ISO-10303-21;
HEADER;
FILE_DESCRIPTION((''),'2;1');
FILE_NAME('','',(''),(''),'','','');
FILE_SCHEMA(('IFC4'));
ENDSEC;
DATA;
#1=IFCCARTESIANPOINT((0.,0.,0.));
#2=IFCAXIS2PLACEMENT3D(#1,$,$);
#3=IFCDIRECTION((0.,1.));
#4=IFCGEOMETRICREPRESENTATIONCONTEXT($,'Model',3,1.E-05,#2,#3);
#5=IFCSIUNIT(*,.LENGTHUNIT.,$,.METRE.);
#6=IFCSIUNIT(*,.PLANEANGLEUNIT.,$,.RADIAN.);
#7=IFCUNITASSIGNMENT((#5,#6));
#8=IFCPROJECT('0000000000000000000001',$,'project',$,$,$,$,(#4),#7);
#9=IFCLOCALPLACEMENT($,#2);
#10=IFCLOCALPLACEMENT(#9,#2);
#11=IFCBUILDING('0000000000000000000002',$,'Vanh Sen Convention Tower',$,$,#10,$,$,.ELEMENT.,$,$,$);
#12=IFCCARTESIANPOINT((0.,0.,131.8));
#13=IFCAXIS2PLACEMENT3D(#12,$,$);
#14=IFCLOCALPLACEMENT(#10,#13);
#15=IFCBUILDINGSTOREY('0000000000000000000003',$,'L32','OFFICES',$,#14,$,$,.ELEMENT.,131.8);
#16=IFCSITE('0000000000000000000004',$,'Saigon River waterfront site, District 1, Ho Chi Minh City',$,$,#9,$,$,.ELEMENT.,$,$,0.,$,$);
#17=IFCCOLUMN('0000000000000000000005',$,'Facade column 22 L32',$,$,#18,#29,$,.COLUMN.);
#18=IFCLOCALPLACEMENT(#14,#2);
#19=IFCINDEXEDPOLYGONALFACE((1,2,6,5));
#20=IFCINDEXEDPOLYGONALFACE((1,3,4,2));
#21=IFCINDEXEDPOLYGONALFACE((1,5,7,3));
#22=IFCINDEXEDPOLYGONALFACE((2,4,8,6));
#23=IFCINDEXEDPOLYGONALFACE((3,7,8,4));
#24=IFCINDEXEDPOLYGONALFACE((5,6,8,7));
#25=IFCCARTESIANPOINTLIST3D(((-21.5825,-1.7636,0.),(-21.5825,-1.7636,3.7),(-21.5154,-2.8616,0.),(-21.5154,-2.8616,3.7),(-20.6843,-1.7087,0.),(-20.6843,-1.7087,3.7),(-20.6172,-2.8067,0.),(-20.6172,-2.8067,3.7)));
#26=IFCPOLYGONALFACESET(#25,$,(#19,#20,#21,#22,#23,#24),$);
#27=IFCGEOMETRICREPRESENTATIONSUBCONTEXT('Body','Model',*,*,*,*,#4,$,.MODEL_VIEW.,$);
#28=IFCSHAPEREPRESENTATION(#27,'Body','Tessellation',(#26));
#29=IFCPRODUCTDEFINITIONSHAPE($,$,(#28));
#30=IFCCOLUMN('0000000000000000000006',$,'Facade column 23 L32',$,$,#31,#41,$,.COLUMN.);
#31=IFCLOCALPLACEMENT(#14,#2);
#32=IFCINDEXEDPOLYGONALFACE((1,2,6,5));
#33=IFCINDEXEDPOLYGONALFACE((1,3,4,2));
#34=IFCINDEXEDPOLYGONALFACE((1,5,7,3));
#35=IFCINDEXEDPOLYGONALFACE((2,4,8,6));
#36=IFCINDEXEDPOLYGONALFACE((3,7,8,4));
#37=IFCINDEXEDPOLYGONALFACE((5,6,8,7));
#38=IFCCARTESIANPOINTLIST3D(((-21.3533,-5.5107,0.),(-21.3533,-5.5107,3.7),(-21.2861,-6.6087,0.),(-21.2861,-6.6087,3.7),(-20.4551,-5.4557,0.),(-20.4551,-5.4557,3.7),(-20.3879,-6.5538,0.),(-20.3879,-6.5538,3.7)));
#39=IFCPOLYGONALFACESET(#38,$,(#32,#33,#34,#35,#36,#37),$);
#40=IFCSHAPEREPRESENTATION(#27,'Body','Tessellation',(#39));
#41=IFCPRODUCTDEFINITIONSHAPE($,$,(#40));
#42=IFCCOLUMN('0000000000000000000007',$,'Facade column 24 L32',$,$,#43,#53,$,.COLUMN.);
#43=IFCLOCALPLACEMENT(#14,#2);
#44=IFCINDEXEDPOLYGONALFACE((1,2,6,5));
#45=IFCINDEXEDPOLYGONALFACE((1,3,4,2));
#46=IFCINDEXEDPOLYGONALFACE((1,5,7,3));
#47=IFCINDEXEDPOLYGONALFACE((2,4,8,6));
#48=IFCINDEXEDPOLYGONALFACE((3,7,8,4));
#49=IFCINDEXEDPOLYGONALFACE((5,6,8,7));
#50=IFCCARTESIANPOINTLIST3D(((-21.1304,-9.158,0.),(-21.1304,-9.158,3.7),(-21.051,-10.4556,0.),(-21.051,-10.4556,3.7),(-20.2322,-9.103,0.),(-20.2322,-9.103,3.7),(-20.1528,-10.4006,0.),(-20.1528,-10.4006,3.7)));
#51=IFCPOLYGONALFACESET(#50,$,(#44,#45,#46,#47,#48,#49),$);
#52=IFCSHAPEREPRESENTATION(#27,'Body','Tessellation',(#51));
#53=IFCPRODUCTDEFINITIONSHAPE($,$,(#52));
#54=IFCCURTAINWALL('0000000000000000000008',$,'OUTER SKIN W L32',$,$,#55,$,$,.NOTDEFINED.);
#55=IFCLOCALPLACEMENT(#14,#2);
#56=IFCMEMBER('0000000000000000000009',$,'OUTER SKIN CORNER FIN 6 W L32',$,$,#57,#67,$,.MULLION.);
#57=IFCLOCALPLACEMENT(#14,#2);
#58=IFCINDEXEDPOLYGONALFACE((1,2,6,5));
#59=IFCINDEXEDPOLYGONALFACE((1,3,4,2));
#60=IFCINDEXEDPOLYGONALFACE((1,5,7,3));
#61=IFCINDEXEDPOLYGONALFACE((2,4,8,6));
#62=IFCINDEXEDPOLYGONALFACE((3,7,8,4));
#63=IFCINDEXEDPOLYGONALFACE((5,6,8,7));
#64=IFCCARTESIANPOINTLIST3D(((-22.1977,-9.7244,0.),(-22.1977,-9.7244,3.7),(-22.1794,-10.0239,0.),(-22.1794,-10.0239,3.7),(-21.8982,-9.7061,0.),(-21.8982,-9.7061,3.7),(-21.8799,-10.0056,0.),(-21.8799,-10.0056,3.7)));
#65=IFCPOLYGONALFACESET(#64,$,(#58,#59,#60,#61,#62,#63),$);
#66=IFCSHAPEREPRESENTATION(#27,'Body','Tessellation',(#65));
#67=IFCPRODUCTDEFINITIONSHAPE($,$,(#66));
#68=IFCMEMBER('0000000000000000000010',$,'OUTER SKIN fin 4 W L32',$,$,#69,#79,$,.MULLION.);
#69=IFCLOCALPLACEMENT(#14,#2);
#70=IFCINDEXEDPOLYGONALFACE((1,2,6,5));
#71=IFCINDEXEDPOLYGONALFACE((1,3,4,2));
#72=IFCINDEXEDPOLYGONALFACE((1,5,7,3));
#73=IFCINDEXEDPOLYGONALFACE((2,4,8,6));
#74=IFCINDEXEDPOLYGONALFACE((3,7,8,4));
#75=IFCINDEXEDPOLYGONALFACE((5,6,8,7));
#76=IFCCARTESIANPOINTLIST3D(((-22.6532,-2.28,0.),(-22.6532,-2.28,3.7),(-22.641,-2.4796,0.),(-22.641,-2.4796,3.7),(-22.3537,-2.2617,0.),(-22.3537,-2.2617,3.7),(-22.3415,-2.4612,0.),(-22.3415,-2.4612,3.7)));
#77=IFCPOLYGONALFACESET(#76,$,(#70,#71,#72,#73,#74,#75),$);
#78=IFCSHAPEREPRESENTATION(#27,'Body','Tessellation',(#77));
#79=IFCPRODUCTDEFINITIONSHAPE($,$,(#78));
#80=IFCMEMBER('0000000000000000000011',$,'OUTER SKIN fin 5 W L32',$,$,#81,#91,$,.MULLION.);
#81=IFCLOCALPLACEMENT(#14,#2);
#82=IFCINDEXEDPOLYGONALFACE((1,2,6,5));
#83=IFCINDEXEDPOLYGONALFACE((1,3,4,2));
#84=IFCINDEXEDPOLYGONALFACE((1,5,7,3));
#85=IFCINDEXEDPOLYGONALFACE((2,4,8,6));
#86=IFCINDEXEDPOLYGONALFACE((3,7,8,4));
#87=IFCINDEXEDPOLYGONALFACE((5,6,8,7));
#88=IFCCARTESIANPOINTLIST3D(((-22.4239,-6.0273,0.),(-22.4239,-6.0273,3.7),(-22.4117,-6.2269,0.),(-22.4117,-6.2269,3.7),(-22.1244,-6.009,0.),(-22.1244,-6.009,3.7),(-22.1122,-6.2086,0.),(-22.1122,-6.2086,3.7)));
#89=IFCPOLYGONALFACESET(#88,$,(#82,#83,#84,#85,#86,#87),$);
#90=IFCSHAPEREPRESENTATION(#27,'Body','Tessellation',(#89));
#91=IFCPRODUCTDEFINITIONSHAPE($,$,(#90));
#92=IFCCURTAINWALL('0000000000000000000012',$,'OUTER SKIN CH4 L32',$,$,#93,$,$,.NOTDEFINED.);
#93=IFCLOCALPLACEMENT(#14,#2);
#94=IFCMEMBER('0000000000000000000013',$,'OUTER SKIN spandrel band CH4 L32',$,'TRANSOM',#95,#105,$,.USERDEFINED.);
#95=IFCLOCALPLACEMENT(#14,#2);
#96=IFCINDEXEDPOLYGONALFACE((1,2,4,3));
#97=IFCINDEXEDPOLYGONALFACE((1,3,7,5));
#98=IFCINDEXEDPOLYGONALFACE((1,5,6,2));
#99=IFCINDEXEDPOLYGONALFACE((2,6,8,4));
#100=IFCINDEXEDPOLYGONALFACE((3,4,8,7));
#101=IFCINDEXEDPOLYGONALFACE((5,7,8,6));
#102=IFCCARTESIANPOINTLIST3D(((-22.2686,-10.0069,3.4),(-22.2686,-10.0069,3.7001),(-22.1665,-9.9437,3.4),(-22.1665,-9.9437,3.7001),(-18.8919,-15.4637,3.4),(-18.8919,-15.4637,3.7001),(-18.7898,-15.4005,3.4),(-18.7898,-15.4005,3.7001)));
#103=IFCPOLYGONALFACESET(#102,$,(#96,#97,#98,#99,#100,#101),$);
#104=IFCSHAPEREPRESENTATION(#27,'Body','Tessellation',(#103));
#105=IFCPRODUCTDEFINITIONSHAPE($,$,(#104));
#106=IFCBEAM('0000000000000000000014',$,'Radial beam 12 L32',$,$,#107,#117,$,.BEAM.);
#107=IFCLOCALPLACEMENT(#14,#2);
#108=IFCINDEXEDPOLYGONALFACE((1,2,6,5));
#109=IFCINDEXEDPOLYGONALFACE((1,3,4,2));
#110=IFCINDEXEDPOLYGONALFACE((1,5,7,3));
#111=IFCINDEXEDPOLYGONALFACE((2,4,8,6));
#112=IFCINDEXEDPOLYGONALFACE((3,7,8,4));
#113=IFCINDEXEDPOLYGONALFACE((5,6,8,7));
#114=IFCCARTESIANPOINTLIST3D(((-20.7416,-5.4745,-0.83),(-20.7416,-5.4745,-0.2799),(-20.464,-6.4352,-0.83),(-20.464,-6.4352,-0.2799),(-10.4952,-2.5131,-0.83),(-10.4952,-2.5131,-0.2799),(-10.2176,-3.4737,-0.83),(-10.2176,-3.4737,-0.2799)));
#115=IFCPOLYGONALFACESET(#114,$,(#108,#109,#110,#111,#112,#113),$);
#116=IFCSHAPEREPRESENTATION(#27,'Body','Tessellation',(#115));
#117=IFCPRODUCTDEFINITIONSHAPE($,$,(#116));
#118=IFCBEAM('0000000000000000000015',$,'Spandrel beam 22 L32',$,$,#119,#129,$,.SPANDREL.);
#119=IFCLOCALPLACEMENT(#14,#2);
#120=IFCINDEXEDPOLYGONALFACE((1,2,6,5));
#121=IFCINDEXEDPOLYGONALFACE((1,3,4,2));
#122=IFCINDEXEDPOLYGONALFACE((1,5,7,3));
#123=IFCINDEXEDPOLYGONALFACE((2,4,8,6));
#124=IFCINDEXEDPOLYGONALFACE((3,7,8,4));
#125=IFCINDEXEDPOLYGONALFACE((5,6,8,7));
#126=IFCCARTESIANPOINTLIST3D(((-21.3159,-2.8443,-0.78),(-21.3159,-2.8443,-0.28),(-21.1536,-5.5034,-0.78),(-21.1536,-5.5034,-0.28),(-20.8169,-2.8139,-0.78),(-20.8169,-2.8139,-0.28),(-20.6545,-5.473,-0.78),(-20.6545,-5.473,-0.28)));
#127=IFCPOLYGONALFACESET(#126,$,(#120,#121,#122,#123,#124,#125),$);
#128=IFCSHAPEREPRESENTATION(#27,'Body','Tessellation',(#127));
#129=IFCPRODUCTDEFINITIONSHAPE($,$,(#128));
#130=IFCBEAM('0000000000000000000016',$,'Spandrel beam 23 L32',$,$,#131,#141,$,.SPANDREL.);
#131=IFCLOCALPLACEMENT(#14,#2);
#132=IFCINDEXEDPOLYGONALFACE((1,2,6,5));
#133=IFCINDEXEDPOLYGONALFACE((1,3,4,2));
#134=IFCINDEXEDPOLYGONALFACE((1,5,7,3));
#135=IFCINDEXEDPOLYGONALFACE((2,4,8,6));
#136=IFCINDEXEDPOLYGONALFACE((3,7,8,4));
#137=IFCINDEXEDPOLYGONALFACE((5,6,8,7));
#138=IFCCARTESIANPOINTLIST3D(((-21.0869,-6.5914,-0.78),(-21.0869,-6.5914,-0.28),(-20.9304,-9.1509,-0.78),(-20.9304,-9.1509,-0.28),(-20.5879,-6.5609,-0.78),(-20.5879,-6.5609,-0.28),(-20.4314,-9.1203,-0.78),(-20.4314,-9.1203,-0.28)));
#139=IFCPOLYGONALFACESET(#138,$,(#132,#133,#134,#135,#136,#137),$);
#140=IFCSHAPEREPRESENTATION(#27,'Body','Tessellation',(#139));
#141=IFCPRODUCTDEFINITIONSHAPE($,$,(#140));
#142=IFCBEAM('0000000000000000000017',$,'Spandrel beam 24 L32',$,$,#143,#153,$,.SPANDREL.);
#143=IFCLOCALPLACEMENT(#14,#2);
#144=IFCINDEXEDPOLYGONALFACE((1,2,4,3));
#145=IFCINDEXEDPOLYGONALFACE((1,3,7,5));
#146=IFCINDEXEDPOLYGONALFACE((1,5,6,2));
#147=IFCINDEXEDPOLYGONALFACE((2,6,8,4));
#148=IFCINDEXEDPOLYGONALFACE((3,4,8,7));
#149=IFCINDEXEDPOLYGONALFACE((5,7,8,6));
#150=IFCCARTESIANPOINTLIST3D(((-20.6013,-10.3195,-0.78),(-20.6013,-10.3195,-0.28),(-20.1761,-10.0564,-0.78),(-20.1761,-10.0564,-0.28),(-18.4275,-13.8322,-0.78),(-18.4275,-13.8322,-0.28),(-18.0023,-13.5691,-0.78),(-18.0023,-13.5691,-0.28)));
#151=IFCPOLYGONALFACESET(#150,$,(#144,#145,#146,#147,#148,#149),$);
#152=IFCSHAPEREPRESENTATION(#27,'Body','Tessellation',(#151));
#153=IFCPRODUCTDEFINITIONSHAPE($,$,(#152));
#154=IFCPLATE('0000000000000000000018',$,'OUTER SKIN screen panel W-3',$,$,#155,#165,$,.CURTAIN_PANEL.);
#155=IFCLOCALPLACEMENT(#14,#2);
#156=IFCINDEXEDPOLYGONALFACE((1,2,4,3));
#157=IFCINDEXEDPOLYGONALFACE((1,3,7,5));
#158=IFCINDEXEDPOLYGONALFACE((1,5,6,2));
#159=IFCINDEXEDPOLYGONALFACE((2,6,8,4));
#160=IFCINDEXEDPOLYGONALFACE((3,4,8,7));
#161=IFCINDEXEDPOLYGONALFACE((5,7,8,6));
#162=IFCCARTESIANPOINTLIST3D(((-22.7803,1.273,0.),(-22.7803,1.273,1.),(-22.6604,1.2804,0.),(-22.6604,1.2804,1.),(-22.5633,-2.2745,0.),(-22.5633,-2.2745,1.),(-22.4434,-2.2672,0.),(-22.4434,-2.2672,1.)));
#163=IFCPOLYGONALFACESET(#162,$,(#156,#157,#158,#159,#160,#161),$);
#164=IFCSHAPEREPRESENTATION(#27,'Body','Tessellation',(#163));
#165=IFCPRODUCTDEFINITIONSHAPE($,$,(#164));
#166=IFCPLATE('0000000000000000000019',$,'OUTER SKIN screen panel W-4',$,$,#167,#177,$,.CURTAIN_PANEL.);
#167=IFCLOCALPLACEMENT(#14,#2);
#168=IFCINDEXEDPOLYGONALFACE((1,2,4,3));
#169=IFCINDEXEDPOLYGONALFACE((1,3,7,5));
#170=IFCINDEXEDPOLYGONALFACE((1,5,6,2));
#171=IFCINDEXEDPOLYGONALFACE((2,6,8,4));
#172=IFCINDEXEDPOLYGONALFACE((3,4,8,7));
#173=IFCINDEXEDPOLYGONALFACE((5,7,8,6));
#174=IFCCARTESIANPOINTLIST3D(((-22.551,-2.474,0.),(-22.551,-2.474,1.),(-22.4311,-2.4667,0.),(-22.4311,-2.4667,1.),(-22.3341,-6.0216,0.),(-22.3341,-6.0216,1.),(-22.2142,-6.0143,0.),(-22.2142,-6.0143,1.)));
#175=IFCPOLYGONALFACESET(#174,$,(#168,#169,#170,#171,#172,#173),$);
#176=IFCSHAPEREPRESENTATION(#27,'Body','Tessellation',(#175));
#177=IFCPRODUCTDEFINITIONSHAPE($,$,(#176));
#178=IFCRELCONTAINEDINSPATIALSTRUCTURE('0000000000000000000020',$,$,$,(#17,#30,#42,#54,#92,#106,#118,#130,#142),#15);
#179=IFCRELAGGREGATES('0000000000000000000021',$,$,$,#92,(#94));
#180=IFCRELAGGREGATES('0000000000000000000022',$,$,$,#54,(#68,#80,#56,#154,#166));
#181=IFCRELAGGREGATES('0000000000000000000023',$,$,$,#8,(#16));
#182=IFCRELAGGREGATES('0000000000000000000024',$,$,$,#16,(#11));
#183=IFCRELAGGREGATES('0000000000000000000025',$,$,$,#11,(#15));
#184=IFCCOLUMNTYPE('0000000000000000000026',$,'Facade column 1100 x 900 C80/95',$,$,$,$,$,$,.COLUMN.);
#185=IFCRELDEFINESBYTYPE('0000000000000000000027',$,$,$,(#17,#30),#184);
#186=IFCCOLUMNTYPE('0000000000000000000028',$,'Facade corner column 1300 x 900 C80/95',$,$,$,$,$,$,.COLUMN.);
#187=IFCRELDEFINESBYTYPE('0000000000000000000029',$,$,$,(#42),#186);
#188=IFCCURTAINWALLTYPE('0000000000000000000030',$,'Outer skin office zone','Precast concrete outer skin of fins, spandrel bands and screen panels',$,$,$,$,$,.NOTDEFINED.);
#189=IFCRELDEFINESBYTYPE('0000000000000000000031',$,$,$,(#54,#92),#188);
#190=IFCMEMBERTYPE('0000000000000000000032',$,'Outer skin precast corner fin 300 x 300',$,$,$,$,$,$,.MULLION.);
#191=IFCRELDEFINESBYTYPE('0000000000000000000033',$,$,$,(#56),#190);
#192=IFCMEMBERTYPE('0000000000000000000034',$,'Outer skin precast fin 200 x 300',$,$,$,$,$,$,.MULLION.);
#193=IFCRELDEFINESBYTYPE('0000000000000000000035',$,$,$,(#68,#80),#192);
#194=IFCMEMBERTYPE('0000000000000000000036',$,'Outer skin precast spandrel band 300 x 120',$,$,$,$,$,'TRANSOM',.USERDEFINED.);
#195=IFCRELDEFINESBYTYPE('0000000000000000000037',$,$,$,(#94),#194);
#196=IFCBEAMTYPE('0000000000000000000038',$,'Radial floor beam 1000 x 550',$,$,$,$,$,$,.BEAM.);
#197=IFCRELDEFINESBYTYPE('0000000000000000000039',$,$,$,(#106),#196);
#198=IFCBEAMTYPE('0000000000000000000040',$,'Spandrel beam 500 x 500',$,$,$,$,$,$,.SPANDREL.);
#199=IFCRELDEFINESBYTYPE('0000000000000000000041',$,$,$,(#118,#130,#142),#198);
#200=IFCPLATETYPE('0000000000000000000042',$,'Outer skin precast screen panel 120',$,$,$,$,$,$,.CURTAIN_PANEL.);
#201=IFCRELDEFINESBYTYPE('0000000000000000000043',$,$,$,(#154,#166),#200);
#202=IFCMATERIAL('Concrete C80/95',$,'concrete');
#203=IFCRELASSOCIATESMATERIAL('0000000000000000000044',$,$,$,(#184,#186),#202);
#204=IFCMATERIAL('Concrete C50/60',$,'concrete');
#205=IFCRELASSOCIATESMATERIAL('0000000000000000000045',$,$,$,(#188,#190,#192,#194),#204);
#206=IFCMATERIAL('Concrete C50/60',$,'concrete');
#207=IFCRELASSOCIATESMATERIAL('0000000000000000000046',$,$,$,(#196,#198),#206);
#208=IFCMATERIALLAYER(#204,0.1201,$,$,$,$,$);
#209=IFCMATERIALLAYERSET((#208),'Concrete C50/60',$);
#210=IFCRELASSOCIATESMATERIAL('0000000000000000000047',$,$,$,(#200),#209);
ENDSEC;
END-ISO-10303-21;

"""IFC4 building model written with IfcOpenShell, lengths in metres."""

from ifc_helpers import new_model, si_unit, direction, frame, origin, origin_2d, place, context, subcontext, project, spatial, rectangle, extrude, material, layer, layer_set, material_profile, profile_set, type_object, element, aggregate, save


model = new_model("IFC4")

# Units and contexts
model_context = context("Model", 3, precision=1e-05, world=origin(), true_north=direction((0.0, 1.0)))
body_context = subcontext(model_context, "Body", "Model", "MODEL_VIEW")
ifc_project = project(units=[si_unit("LENGTHUNIT", "METRE"), si_unit("PLANEANGLEUNIT", "RADIAN")], contexts=[model_context])

# Site, building, storey
site_placement = place(None, origin())
site = spatial("IfcSite", under=ifc_project, at=site_placement, Name="Saigon River waterfront site, District 1, Ho Chi Minh City", CompositionType="ELEMENT", RefElevation=0.0)
building_placement = place(site_placement, origin())
building = spatial("IfcBuilding", under=site, at=building_placement, Name="Vanh Sen Convention Tower", CompositionType="ELEMENT")
storey_placement = place(building_placement, frame((0.0, 0.0, 131.8)))
storey = spatial("IfcBuildingStorey", under=building, at=storey_placement, Name="L32", Description="OFFICES", CompositionType="ELEMENT", Elevation=131.8)

# Columns
ifc_material_1 = material(Name="Concrete C80/95", Category="concrete")
ifc_material_profile_1 = material_profile(ifc_material_1, rectangle(XDim=1.1001, YDim=0.8999, at=origin_2d()), Name="RC 1100X900")
ifc_profile_set_1 = profile_set([ifc_material_profile_1], Name="Concrete C80/95")
column_type_1 = type_object("IfcColumnType", Name="Facade column 1100 x 900 C80/95", PredefinedType="COLUMN", material=ifc_profile_set_1)
for number, where, z_axis, x_axis, name in (
    (1, (-21.0999, -2.2852, 0.0), (0.0, 0.0, 1.0), (0.061049, -0.998135, 0.0), "Facade column 22 L32"),
    (2, (-20.8706, -6.0322, 0.0), (0.0, 0.0, 1.0), (0.061049, -0.998135, 0.0), "Facade column 23 L32"),
):
    element("IfcColumn", number, at=place(storey_placement, frame(where, z_axis=z_axis, x_axis=x_axis)), inside=storey, type_object=column_type_1, Name=name, PredefinedType="COLUMN", context=body_context, shape_type="SweptSolid", body=[
        extrude(rectangle(XDim=1.1001, YDim=0.8999, at=origin_2d()), origin(), (0.0, 0.0, 1.0), 3.7),
    ])
ifc_material_profile_2 = material_profile(ifc_material_1, rectangle(XDim=1.3, YDim=0.8999, at=origin_2d()), Name="RC 1300X900")
ifc_profile_set_2 = profile_set([ifc_material_profile_2], Name="Concrete C80/95")
column_type_2 = type_object("IfcColumnType", Name="Facade corner column 1300 x 900 C80/95", PredefinedType="COLUMN", material=ifc_profile_set_2)
column_placement = place(storey_placement, frame((-20.6416, -9.7793, 0.0), z_axis=(0.0, 0.0, 1.0), x_axis=(0.061049, -0.998135, 0.0)))
element("IfcColumn", 3, at=column_placement, inside=storey, type_object=column_type_2, Name="Facade column 24 L32", PredefinedType="COLUMN", context=body_context, shape_type="SweptSolid", body=[
    extrude(rectangle(XDim=1.3, YDim=0.8999, at=origin_2d()), origin(), (0.0, 0.0, 1.0), 3.7),
])

# Curtain wall, members
ifc_material_2 = material(Name="Concrete C50/60", Category="concrete")
curtain_wall_type = type_object("IfcCurtainWallType", Name="Outer skin office zone", Description="Precast concrete outer skin of fins, spandrel bands and screen panels", PredefinedType="NOTDEFINED", material=ifc_material_2)
curtain_wall_1_placement = place(storey_placement, origin())
curtain_wall_1 = element("IfcCurtainWall", 4, at=curtain_wall_1_placement, inside=storey, type_object=curtain_wall_type, Name="OUTER SKIN W L32", PredefinedType="NOTDEFINED")
ifc_material_profile_3 = material_profile(ifc_material_2, rectangle(XDim=0.3, YDim=0.3, at=origin_2d()), Name="Outer skin precast corner fin 300 x 300")
ifc_profile_set_3 = profile_set([ifc_material_profile_3], Name="Concrete C50/60")
member_type_1 = type_object("IfcMemberType", Name="Outer skin precast corner fin 300 x 300", PredefinedType="MULLION", material=ifc_profile_set_3)
member_1_placement = place(storey_placement, frame((-22.0388, -9.865, 0.0), z_axis=(0.0, 0.0, 1.0), x_axis=(0.061049, -0.998135, 0.0)))
member_1 = element("IfcMember", 5, at=member_1_placement, type_object=member_type_1, Name="OUTER SKIN CORNER FIN 6 W L32", PredefinedType="MULLION", context=body_context, shape_type="SweptSolid", body=[
    extrude(rectangle(XDim=0.3, YDim=0.3, at=origin_2d()), origin(), (0.0, 0.0, 1.0), 3.7),
])
ifc_material_profile_4 = material_profile(ifc_material_2, rectangle(XDim=0.2, YDim=0.3, at=origin_2d()), Name="Outer skin precast fin 200 x 300")
ifc_profile_set_4 = profile_set([ifc_material_profile_4], Name="Concrete C50/60")
member_type_2 = type_object("IfcMemberType", Name="Outer skin precast fin 200 x 300", PredefinedType="MULLION", material=ifc_profile_set_4)
member_2_placement = place(storey_placement, frame((-22.4973, -2.3706, 0.0), z_axis=(0.0, 0.0, 1.0), x_axis=(0.061049, -0.998135, 0.0)))
member_2 = element("IfcMember", 6, at=member_2_placement, type_object=member_type_2, Name="OUTER SKIN fin 4 W L32", PredefinedType="MULLION", context=body_context, shape_type="SweptSolid", body=[
    extrude(rectangle(XDim=0.2, YDim=0.3, at=origin_2d()), origin(), (0.0, 0.0, 1.0), 3.7),
])
member_3_placement = place(storey_placement, frame((-22.2681, -6.1179, 0.0), z_axis=(0.0, 0.0, 1.0), x_axis=(0.061049, -0.998135, 0.0)))
member_3 = element("IfcMember", 7, at=member_3_placement, type_object=member_type_2, Name="OUTER SKIN fin 5 W L32", PredefinedType="MULLION", context=body_context, shape_type="SweptSolid", body=[
    extrude(rectangle(XDim=0.2, YDim=0.3, at=origin_2d()), origin(), (0.0, 0.0, 1.0), 3.7),
])

# Curtain wall, member
curtain_wall_2_placement = place(storey_placement, origin())
curtain_wall_2 = element("IfcCurtainWall", 8, at=curtain_wall_2_placement, inside=storey, type_object=curtain_wall_type, Name="OUTER SKIN CH4 L32", PredefinedType="NOTDEFINED")
ifc_material_profile_5 = material_profile(ifc_material_2, rectangle(XDim=0.1201, YDim=0.3, at=origin_2d()), Name="Outer skin precast spandrel band 300 x 120")
ifc_profile_set_5 = profile_set([ifc_material_profile_5], Name="Concrete C50/60")
member_type_3 = type_object("IfcMemberType", Name="Outer skin precast spandrel band 300 x 120", ElementType="TRANSOM", PredefinedType="USERDEFINED", material=ifc_profile_set_5)
member_4_placement = place(storey_placement, frame((-22.2175, -9.9753, 3.55), z_axis=(0.526208, -0.850356, 0.0), x_axis=(0.850356, 0.526208, 0.0)))
member_4 = element("IfcMember", 9, at=member_4_placement, type_object=member_type_3, Name="OUTER SKIN spandrel band CH4 L32", ObjectType="TRANSOM", PredefinedType="USERDEFINED", context=body_context, shape_type="SweptSolid", body=[
    extrude(rectangle(XDim=0.1201, YDim=0.3, at=origin_2d()), origin(), (0.0, 0.0, 1.0), 6.417),
])
aggregate(curtain_wall_2, [member_4])

# Beams
ifc_material_3 = material(Name="Concrete C50/60", Category="concrete")
ifc_material_profile_6 = material_profile(ifc_material_3, rectangle(XDim=1.0, YDim=0.55, at=origin_2d()), Name="RC 1000X550")
ifc_profile_set_6 = profile_set([ifc_material_profile_6], Name="Concrete C50/60")
beam_type_1 = type_object("IfcBeamType", Name="Radial floor beam 1000 x 550", PredefinedType="BEAM", material=ifc_profile_set_6)
beam_1_placement = place(storey_placement, frame((-20.6028, -5.9548, -0.5549), z_axis=(0.96068, 0.277658, 0.0), x_axis=(-0.277658, 0.96068, 0.0)))
element("IfcBeam", 10, at=beam_1_placement, inside=storey, type_object=beam_type_1, Name="Radial beam 12 L32", PredefinedType="BEAM", context=body_context, shape_type="SweptSolid", body=[
    extrude(rectangle(XDim=1.0, YDim=0.55, at=origin_2d()), origin(), (0.0, 0.0, 1.0), 10.6658),
])
ifc_material_profile_7 = material_profile(ifc_material_3, rectangle(XDim=0.5, YDim=0.5, at=origin_2d()), Name="RC 500X500")
ifc_profile_set_7 = profile_set([ifc_material_profile_7], Name="Concrete C50/60")
beam_type_2 = type_object("IfcBeamType", Name="Spandrel beam 500 x 500", PredefinedType="SPANDREL", material=ifc_profile_set_7)
beam_2_placement = place(storey_placement, frame((-21.0664, -2.8291, -0.53), z_axis=(0.060941, -0.998141, 0.0), x_axis=(0.998141, 0.060941, 0.0)))
element("IfcBeam", 11, at=beam_2_placement, inside=storey, type_object=beam_type_2, Name="Spandrel beam 22 L32", PredefinedType="SPANDREL", context=body_context, shape_type="SweptSolid", body=[
    extrude(rectangle(XDim=0.5, YDim=0.5, at=origin_2d()), origin(), (0.0, 0.0, 1.0), 2.6641),
])
beam_3_placement = place(storey_placement, frame((-20.8374, -6.5762, -0.53), z_axis=(0.061033, -0.998136, 0.0), x_axis=(0.998136, 0.061033, 0.0)))
element("IfcBeam", 12, at=beam_3_placement, inside=storey, type_object=beam_type_2, Name="Spandrel beam 23 L32", PredefinedType="SPANDREL", context=body_context, shape_type="SweptSolid", body=[
    extrude(rectangle(XDim=0.5, YDim=0.5, at=origin_2d()), origin(), (0.0, 0.0, 1.0), 2.5642),
])
beam_4_placement = place(storey_placement, frame((-20.3887, -10.188, -0.53), z_axis=(0.526233, -0.850341, 0.0), x_axis=(0.850341, 0.526233, 0.0)))
element("IfcBeam", 13, at=beam_4_placement, inside=storey, type_object=beam_type_2, Name="Spandrel beam 24 L32", PredefinedType="SPANDREL", context=body_context, shape_type="SweptSolid", body=[
    extrude(rectangle(XDim=0.5, YDim=0.5, at=origin_2d()), origin(), (0.0, 0.0, 1.0), 4.1309),
])

# Plates
ifc_layer_1 = layer(ifc_material_2, 0.1201)
ifc_layer_set_1 = layer_set([ifc_layer_1], Name="Concrete C50/60")
plate_type = type_object("IfcPlateType", Name="Outer skin precast screen panel 120", PredefinedType="CURTAIN_PANEL", material=ifc_layer_set_1)
plate_1_placement = place(storey_placement, frame((-22.6118, -0.4971, 0.0), z_axis=(0.0, 0.0, 1.0), x_axis=(0.061054, -0.998134, 0.0)))
plate_1 = element("IfcPlate", 14, at=plate_1_placement, type_object=plate_type, Name="OUTER SKIN screen panel W-3", PredefinedType="CURTAIN_PANEL", context=body_context, shape_type="SweptSolid", body=[
    extrude(rectangle(XDim=3.5542, YDim=0.1201, at=origin_2d()), origin(), (0.0, 0.0, 1.0), 1.0),
])
plate_2_placement = place(storey_placement, frame((-22.3826, -4.2441, 0.0), z_axis=(0.0, 0.0, 1.0), x_axis=(0.061026, -0.998136, 0.0)))
plate_2 = element("IfcPlate", 15, at=plate_2_placement, type_object=plate_type, Name="OUTER SKIN screen panel W-4", PredefinedType="CURTAIN_PANEL", context=body_context, shape_type="SweptSolid", body=[
    extrude(rectangle(XDim=3.5542, YDim=0.1201, at=origin_2d()), origin(), (0.0, 0.0, 1.0), 1.0),
])
aggregate(curtain_wall_1, [member_2, member_3, member_1, plate_1, plate_2])

save(model, "model.ifc")
